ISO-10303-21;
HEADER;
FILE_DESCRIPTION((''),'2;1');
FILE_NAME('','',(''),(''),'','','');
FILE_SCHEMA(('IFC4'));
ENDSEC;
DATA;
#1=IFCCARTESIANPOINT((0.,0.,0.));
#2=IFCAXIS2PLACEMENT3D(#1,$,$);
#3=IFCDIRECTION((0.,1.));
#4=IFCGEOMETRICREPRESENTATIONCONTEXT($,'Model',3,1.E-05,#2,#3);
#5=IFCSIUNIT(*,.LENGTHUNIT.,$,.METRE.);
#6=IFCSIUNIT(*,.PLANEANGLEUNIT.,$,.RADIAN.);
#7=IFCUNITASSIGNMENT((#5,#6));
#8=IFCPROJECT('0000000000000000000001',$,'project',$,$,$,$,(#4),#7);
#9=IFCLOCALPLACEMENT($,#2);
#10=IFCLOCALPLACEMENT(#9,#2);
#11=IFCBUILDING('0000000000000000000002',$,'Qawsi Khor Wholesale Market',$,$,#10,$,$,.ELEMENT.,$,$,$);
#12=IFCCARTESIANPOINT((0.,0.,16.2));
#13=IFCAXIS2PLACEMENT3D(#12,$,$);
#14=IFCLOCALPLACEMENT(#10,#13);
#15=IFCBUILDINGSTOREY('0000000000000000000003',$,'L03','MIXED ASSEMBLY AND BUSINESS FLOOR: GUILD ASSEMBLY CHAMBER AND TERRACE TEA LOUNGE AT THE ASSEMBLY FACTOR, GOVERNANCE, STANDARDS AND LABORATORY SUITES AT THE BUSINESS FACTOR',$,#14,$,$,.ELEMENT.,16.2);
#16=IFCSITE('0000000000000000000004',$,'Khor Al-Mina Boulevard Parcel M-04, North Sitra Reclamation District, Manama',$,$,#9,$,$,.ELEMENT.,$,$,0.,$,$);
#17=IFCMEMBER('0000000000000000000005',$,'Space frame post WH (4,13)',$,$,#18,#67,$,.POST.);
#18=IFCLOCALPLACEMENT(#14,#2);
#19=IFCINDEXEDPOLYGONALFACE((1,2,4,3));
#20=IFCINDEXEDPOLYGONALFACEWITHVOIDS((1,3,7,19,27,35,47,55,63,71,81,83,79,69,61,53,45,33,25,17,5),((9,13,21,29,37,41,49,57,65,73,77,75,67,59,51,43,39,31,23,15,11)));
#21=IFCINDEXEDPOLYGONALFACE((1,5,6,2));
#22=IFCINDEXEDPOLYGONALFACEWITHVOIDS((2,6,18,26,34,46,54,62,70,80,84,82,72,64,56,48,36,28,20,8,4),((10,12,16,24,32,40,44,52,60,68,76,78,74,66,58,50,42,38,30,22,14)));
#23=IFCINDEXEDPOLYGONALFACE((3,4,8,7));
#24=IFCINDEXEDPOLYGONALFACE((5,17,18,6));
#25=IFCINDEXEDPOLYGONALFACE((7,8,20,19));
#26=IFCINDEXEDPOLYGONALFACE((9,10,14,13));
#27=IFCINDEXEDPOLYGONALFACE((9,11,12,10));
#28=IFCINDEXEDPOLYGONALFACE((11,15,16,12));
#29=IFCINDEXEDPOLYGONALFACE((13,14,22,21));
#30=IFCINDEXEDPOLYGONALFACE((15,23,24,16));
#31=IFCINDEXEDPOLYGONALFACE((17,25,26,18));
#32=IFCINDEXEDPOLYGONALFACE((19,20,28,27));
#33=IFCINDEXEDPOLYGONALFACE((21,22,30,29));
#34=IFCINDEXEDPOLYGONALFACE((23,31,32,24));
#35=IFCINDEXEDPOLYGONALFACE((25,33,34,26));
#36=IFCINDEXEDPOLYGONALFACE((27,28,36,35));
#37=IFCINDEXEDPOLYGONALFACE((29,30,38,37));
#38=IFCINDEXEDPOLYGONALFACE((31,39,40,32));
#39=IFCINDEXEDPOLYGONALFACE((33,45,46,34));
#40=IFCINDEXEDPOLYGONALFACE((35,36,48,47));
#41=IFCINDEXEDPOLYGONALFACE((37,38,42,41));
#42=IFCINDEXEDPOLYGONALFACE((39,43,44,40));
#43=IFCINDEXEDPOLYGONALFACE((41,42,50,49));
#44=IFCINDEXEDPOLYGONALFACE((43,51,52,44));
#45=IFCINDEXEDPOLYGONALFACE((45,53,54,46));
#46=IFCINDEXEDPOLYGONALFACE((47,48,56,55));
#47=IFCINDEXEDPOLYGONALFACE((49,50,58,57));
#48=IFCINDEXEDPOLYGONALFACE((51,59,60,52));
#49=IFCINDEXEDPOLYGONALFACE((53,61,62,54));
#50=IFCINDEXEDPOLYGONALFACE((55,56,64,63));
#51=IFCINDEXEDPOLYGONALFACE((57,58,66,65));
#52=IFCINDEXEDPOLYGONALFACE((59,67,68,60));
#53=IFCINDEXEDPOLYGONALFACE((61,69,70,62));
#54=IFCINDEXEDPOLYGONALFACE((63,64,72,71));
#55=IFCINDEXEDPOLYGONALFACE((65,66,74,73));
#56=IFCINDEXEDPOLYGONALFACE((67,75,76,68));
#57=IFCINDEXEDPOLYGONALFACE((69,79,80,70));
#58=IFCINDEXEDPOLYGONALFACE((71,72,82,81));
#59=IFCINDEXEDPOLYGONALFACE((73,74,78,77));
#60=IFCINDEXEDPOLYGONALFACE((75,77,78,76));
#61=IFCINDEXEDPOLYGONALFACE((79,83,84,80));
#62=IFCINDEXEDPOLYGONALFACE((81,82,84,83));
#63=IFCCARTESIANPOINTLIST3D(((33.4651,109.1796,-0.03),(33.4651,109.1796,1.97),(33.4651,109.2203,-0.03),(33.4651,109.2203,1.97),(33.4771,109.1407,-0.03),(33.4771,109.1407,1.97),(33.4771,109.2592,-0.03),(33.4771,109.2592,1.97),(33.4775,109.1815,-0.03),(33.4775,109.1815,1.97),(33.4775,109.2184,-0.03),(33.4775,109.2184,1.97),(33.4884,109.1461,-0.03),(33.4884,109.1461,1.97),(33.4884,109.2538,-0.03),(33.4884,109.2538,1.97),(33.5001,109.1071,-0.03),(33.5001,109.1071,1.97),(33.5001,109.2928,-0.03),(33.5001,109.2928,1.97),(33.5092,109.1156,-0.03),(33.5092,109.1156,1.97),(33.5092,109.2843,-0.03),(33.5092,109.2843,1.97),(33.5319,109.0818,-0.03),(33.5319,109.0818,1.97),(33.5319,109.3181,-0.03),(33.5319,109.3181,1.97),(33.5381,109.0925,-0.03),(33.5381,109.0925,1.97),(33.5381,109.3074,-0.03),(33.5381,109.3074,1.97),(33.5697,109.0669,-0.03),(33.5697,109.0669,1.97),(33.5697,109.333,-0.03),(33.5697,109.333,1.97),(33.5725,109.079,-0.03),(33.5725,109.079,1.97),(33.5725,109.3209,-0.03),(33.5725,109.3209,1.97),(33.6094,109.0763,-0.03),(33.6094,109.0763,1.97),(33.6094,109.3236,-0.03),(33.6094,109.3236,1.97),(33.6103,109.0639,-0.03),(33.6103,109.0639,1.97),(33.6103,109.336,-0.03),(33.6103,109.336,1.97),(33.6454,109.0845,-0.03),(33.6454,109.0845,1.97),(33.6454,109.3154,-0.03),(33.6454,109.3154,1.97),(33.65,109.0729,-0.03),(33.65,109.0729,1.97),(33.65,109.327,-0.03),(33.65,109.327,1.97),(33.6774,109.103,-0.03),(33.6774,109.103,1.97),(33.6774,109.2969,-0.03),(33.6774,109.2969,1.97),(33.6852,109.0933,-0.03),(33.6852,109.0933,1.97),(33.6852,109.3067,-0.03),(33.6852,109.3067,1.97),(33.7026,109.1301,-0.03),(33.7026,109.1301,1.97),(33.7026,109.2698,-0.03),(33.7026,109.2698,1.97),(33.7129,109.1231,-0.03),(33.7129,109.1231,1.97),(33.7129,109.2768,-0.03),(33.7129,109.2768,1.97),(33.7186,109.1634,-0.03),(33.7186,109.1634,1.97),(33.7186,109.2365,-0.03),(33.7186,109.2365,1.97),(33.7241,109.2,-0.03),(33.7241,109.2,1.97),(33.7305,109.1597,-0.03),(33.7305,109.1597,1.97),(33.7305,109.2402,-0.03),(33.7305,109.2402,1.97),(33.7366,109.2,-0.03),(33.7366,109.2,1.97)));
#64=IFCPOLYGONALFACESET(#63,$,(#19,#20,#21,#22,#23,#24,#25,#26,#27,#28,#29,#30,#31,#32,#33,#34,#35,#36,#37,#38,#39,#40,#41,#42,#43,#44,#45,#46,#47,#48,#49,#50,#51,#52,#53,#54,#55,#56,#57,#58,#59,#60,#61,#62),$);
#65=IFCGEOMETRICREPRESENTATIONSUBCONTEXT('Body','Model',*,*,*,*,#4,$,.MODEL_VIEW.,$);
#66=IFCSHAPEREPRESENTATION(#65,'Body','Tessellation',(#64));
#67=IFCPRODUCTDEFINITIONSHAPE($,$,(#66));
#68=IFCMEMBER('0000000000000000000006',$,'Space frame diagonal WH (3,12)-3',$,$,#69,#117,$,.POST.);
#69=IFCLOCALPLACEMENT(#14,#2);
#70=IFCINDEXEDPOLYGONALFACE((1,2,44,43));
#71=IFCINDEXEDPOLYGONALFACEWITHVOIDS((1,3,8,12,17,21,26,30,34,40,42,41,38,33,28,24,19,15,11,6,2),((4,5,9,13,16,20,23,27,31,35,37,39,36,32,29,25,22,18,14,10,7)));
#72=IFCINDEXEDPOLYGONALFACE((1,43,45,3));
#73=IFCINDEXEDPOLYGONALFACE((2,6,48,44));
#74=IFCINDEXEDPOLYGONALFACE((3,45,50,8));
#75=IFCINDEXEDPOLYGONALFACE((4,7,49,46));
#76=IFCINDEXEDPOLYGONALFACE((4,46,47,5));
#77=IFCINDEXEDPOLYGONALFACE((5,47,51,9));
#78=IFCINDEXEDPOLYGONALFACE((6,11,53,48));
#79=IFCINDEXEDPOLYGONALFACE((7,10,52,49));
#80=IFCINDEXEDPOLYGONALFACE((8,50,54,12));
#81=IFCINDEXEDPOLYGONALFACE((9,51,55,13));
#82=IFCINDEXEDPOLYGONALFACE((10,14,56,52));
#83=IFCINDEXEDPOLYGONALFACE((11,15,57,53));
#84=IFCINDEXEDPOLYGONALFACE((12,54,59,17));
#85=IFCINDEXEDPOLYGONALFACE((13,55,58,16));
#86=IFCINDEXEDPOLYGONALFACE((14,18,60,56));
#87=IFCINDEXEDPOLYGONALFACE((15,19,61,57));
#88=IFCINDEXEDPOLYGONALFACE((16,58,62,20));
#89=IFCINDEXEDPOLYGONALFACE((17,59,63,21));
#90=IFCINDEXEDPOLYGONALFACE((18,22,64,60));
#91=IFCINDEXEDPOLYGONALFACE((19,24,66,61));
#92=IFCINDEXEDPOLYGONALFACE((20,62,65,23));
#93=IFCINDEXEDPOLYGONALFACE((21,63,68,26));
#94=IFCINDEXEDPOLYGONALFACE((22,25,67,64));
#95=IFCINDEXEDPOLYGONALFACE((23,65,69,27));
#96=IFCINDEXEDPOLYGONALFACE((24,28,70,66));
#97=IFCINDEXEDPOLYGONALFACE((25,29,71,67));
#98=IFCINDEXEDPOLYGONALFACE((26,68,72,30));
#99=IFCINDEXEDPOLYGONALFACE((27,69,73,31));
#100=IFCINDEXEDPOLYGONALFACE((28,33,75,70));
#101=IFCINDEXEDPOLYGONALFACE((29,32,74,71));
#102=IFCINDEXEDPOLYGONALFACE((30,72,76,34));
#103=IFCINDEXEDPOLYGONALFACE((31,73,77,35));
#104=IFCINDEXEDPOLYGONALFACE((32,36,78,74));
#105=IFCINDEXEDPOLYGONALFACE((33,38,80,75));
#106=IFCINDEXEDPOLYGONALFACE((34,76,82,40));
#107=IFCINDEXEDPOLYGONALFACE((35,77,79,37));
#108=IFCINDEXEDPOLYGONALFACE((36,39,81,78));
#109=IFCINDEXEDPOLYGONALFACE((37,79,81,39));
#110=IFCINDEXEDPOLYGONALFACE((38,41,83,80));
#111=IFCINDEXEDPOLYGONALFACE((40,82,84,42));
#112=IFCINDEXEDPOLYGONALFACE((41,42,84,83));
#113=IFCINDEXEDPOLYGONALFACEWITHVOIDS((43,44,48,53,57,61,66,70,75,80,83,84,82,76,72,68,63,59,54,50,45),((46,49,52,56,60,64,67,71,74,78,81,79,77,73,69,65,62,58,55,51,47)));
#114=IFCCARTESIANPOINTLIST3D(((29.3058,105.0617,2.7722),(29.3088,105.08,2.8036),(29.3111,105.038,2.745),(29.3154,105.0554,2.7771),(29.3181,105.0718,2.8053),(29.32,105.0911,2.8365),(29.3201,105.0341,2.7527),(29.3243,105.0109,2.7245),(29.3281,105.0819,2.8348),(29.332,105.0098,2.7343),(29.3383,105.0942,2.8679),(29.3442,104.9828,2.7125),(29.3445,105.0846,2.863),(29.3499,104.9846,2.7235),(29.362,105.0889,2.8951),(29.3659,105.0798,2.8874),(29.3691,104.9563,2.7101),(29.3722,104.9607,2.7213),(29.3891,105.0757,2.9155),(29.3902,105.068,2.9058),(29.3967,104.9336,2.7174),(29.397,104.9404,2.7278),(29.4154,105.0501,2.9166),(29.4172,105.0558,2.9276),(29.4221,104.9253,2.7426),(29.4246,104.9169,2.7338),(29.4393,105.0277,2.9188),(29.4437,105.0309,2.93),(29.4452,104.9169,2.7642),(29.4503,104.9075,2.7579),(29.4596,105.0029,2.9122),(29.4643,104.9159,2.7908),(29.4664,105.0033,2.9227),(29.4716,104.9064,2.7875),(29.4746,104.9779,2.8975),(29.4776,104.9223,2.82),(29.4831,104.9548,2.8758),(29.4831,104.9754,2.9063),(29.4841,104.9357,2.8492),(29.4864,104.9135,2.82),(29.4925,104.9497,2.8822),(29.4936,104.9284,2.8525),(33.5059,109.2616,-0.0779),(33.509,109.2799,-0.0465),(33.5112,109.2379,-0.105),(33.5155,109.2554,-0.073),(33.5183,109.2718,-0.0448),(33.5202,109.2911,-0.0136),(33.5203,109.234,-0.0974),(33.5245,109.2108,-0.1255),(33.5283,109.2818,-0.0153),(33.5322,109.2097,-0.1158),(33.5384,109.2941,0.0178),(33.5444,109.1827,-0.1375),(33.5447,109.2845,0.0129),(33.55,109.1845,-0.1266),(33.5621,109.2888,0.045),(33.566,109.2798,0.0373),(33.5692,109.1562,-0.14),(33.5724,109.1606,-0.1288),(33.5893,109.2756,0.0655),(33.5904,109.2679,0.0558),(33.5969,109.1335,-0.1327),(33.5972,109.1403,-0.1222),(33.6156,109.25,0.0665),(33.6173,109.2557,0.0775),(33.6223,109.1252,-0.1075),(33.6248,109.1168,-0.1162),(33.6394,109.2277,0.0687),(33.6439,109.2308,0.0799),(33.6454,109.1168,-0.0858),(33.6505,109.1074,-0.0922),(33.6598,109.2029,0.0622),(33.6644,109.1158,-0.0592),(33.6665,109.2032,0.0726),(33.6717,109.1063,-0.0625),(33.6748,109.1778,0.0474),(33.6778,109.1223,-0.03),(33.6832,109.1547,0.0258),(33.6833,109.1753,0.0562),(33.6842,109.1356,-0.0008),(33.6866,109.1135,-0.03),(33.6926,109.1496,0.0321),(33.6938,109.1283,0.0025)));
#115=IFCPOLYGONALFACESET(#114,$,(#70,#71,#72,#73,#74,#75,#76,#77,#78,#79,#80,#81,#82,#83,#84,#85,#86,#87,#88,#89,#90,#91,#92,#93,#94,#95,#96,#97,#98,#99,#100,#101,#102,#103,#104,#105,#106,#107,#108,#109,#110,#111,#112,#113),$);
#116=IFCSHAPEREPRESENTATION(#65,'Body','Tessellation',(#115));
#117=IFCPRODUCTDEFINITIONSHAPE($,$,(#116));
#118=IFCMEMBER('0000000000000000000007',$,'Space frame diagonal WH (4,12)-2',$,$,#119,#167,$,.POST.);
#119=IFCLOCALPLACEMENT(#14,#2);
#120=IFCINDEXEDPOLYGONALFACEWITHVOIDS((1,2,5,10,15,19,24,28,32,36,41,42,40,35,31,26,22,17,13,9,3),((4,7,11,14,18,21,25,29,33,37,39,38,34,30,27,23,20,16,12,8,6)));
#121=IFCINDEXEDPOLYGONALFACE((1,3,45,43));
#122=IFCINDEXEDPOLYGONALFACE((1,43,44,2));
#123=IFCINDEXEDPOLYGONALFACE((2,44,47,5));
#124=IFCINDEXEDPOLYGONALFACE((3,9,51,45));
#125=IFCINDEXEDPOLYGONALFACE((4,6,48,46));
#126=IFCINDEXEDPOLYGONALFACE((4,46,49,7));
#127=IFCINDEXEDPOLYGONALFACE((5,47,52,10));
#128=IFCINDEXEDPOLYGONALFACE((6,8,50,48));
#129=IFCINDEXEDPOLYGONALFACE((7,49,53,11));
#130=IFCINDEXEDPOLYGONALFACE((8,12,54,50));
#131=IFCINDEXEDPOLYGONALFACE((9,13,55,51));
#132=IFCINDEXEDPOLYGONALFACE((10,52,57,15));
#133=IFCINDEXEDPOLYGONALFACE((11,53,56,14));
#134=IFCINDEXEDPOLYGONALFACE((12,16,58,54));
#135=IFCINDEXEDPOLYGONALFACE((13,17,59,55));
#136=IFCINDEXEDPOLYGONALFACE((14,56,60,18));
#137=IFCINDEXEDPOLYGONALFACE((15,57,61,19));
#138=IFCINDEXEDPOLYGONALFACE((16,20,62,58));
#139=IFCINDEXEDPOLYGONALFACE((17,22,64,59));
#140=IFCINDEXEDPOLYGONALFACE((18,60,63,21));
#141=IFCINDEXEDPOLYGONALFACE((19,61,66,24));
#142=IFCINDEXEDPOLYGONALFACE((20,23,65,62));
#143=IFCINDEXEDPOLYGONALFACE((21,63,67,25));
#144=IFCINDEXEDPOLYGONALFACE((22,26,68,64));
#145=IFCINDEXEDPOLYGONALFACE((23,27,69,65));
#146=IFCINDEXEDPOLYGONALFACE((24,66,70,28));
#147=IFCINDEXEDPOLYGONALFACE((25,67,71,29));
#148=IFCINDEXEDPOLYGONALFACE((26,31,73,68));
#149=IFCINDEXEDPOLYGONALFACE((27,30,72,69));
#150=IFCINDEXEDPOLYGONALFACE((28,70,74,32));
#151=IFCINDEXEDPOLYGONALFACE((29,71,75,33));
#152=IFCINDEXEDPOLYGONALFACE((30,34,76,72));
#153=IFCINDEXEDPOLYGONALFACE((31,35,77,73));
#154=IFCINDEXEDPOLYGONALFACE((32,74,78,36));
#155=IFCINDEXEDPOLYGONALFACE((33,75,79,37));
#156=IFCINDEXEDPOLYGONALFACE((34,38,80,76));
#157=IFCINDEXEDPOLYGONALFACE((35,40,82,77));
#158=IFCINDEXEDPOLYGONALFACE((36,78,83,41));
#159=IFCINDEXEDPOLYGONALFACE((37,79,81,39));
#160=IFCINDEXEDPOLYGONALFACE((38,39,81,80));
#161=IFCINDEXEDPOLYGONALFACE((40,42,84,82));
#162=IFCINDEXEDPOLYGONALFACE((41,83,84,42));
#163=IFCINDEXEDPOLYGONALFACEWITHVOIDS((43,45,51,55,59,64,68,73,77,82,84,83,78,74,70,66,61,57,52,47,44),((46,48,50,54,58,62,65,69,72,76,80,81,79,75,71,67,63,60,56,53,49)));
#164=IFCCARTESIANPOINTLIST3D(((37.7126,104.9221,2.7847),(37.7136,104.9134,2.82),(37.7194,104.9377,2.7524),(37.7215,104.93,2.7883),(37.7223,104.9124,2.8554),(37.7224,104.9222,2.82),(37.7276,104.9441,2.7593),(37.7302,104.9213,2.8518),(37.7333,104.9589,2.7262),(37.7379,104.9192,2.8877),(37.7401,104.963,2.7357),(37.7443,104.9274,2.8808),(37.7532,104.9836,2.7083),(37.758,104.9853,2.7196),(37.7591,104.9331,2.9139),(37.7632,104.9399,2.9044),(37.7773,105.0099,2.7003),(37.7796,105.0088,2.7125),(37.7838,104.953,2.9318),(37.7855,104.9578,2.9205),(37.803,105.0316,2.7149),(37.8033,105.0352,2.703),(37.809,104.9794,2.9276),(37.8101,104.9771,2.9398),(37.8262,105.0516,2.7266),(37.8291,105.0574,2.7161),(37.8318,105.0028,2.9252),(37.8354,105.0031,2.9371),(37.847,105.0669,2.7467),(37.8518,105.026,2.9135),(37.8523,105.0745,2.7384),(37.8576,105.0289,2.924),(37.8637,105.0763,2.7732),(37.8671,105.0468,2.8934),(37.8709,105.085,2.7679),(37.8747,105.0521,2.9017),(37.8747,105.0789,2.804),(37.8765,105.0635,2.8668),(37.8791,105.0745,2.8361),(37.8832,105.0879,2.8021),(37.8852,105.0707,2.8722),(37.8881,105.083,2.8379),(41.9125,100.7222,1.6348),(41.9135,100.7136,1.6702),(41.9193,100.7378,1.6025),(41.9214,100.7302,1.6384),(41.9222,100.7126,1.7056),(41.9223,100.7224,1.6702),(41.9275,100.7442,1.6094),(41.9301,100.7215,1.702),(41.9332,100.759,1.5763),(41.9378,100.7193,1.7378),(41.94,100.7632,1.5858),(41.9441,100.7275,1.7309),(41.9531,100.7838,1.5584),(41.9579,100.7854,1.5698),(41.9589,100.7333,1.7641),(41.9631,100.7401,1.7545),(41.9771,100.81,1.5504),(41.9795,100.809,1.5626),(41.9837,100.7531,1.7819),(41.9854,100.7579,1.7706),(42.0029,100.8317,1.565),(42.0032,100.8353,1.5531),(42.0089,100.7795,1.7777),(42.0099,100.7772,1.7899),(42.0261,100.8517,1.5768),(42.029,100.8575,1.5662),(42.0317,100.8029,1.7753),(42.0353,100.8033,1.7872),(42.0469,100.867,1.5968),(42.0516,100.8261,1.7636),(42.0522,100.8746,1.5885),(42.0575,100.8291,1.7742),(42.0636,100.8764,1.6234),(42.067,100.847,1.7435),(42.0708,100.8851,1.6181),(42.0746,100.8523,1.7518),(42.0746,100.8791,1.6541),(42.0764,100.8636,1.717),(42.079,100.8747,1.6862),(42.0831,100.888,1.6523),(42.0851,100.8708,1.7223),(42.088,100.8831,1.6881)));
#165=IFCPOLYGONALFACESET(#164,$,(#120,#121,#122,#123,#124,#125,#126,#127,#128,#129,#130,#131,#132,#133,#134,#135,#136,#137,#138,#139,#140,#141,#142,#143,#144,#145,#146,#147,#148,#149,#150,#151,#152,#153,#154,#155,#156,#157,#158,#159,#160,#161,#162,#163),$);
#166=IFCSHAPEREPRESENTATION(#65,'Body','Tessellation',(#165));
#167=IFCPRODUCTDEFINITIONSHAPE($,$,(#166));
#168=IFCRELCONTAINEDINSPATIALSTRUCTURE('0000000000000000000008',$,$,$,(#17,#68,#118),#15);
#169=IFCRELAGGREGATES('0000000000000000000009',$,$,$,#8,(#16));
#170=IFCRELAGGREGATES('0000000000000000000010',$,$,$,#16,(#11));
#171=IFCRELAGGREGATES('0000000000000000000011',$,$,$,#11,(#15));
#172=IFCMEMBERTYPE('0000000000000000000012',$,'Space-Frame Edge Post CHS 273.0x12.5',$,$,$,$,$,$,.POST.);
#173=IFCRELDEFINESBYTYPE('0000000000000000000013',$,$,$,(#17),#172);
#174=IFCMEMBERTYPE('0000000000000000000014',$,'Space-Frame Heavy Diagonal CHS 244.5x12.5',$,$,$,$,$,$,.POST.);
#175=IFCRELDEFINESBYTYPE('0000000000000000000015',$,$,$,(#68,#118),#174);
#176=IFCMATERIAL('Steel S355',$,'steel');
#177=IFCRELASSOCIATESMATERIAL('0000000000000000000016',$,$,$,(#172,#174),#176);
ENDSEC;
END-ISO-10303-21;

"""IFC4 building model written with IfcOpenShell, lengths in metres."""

from ifc_helpers import new_model, si_unit, direction, frame, origin, origin_2d, place, context, subcontext, project, spatial, hollow_circle, extrude, material, material_profile, profile_set, type_object, element, save


model = new_model("IFC4")

# Units and contexts
model_context = context("Model", 3, precision=1e-05, world=origin(), true_north=direction((0.0, 1.0)))
body_context = subcontext(model_context, "Body", "Model", "MODEL_VIEW")
ifc_project = project(units=[si_unit("LENGTHUNIT", "METRE"), si_unit("PLANEANGLEUNIT", "RADIAN")], contexts=[model_context])

# Site, building, storey
site_placement = place(None, origin())
site = spatial("IfcSite", under=ifc_project, at=site_placement, Name="Khor Al-Mina Boulevard Parcel M-04, North Sitra Reclamation District, Manama", CompositionType="ELEMENT", RefElevation=0.0)
building_placement = place(site_placement, origin())
building = spatial("IfcBuilding", under=site, at=building_placement, Name="Qawsi Khor Wholesale Market", CompositionType="ELEMENT")
storey_placement = place(building_placement, frame((0.0, 0.0, 16.2)))
storey = spatial("IfcBuildingStorey", under=building, at=storey_placement, Name="L03", Description="MIXED ASSEMBLY AND BUSINESS FLOOR: GUILD ASSEMBLY CHAMBER AND TERRACE TEA LOUNGE AT THE ASSEMBLY FACTOR, GOVERNANCE, STANDARDS AND LABORATORY SUITES AT THE BUSINESS FACTOR", CompositionType="ELEMENT", Elevation=16.2)

# Members
ifc_material_1 = material(Name="Steel S355", Category="steel")
ifc_material_profile_1 = material_profile(ifc_material_1, hollow_circle(Radius=0.1365, WallThickness=0.0125, at=origin_2d()), Name="CHS 273.0x12.5")
ifc_profile_set_1 = profile_set([ifc_material_profile_1], Name="Steel S355")
member_type_1 = type_object("IfcMemberType", Name="Space-Frame Edge Post CHS 273.0x12.5", PredefinedType="POST", material=ifc_profile_set_1)
member_1_placement = place(storey_placement, frame((33.6001, 109.2, -0.03), z_axis=(0.0, 0.0, 1.0), x_axis=(1.0, 0.0, 0.0)))
element("IfcMember", 1, at=member_1_placement, inside=storey, type_object=member_type_1, Name="Space frame post WH (4,13)", PredefinedType="POST", context=body_context, shape_type="SweptSolid", body=[
    extrude(hollow_circle(Radius=0.1365, WallThickness=0.0125, at=origin_2d()), origin(), (0.0, 0.0, 1.0), 2.0),
])
ifc_material_profile_2 = material_profile(ifc_material_1, hollow_circle(Radius=0.1223, WallThickness=0.0125, at=origin_2d()), Name="CHS 244.5x12.5")
ifc_profile_set_2 = profile_set([ifc_material_profile_2], Name="Steel S355")
member_type_2 = type_object("IfcMemberType", Name="Space-Frame Heavy Diagonal CHS 244.5x12.5", PredefinedType="POST", material=ifc_profile_set_2)
member_2_placement = place(storey_placement, frame((33.6001, 109.2, -0.03), z_axis=(-0.637534, -0.637497, 0.432607), x_axis=(0.707086, -0.707127, 0.0)))
element("IfcMember", 2, at=member_2_placement, inside=storey, type_object=member_type_2, Name="Space frame diagonal WH (3,12)-3", PredefinedType="POST", context=body_context, shape_type="SweptSolid", body=[
    extrude(hollow_circle(Radius=0.1223, WallThickness=0.0125, at=origin_2d()), origin(), (0.0, 0.0, 1.0), 6.5881),
])
member_3_placement = place(storey_placement, frame((42.0, 100.8, 1.6702), z_axis=(-0.694217, 0.694217, 0.190069), x_axis=(-0.707107, -0.707107, 0.0)))
element("IfcMember", 3, at=member_3_placement, inside=storey, type_object=member_type_2, Name="Space frame diagonal WH (4,12)-2", PredefinedType="POST", context=body_context, shape_type="SweptSolid", body=[
    extrude(hollow_circle(Radius=0.1223, WallThickness=0.0125, at=origin_2d()), origin(), (0.0, 0.0, 1.0), 6.0498),
])

save(model, "model.ifc")
